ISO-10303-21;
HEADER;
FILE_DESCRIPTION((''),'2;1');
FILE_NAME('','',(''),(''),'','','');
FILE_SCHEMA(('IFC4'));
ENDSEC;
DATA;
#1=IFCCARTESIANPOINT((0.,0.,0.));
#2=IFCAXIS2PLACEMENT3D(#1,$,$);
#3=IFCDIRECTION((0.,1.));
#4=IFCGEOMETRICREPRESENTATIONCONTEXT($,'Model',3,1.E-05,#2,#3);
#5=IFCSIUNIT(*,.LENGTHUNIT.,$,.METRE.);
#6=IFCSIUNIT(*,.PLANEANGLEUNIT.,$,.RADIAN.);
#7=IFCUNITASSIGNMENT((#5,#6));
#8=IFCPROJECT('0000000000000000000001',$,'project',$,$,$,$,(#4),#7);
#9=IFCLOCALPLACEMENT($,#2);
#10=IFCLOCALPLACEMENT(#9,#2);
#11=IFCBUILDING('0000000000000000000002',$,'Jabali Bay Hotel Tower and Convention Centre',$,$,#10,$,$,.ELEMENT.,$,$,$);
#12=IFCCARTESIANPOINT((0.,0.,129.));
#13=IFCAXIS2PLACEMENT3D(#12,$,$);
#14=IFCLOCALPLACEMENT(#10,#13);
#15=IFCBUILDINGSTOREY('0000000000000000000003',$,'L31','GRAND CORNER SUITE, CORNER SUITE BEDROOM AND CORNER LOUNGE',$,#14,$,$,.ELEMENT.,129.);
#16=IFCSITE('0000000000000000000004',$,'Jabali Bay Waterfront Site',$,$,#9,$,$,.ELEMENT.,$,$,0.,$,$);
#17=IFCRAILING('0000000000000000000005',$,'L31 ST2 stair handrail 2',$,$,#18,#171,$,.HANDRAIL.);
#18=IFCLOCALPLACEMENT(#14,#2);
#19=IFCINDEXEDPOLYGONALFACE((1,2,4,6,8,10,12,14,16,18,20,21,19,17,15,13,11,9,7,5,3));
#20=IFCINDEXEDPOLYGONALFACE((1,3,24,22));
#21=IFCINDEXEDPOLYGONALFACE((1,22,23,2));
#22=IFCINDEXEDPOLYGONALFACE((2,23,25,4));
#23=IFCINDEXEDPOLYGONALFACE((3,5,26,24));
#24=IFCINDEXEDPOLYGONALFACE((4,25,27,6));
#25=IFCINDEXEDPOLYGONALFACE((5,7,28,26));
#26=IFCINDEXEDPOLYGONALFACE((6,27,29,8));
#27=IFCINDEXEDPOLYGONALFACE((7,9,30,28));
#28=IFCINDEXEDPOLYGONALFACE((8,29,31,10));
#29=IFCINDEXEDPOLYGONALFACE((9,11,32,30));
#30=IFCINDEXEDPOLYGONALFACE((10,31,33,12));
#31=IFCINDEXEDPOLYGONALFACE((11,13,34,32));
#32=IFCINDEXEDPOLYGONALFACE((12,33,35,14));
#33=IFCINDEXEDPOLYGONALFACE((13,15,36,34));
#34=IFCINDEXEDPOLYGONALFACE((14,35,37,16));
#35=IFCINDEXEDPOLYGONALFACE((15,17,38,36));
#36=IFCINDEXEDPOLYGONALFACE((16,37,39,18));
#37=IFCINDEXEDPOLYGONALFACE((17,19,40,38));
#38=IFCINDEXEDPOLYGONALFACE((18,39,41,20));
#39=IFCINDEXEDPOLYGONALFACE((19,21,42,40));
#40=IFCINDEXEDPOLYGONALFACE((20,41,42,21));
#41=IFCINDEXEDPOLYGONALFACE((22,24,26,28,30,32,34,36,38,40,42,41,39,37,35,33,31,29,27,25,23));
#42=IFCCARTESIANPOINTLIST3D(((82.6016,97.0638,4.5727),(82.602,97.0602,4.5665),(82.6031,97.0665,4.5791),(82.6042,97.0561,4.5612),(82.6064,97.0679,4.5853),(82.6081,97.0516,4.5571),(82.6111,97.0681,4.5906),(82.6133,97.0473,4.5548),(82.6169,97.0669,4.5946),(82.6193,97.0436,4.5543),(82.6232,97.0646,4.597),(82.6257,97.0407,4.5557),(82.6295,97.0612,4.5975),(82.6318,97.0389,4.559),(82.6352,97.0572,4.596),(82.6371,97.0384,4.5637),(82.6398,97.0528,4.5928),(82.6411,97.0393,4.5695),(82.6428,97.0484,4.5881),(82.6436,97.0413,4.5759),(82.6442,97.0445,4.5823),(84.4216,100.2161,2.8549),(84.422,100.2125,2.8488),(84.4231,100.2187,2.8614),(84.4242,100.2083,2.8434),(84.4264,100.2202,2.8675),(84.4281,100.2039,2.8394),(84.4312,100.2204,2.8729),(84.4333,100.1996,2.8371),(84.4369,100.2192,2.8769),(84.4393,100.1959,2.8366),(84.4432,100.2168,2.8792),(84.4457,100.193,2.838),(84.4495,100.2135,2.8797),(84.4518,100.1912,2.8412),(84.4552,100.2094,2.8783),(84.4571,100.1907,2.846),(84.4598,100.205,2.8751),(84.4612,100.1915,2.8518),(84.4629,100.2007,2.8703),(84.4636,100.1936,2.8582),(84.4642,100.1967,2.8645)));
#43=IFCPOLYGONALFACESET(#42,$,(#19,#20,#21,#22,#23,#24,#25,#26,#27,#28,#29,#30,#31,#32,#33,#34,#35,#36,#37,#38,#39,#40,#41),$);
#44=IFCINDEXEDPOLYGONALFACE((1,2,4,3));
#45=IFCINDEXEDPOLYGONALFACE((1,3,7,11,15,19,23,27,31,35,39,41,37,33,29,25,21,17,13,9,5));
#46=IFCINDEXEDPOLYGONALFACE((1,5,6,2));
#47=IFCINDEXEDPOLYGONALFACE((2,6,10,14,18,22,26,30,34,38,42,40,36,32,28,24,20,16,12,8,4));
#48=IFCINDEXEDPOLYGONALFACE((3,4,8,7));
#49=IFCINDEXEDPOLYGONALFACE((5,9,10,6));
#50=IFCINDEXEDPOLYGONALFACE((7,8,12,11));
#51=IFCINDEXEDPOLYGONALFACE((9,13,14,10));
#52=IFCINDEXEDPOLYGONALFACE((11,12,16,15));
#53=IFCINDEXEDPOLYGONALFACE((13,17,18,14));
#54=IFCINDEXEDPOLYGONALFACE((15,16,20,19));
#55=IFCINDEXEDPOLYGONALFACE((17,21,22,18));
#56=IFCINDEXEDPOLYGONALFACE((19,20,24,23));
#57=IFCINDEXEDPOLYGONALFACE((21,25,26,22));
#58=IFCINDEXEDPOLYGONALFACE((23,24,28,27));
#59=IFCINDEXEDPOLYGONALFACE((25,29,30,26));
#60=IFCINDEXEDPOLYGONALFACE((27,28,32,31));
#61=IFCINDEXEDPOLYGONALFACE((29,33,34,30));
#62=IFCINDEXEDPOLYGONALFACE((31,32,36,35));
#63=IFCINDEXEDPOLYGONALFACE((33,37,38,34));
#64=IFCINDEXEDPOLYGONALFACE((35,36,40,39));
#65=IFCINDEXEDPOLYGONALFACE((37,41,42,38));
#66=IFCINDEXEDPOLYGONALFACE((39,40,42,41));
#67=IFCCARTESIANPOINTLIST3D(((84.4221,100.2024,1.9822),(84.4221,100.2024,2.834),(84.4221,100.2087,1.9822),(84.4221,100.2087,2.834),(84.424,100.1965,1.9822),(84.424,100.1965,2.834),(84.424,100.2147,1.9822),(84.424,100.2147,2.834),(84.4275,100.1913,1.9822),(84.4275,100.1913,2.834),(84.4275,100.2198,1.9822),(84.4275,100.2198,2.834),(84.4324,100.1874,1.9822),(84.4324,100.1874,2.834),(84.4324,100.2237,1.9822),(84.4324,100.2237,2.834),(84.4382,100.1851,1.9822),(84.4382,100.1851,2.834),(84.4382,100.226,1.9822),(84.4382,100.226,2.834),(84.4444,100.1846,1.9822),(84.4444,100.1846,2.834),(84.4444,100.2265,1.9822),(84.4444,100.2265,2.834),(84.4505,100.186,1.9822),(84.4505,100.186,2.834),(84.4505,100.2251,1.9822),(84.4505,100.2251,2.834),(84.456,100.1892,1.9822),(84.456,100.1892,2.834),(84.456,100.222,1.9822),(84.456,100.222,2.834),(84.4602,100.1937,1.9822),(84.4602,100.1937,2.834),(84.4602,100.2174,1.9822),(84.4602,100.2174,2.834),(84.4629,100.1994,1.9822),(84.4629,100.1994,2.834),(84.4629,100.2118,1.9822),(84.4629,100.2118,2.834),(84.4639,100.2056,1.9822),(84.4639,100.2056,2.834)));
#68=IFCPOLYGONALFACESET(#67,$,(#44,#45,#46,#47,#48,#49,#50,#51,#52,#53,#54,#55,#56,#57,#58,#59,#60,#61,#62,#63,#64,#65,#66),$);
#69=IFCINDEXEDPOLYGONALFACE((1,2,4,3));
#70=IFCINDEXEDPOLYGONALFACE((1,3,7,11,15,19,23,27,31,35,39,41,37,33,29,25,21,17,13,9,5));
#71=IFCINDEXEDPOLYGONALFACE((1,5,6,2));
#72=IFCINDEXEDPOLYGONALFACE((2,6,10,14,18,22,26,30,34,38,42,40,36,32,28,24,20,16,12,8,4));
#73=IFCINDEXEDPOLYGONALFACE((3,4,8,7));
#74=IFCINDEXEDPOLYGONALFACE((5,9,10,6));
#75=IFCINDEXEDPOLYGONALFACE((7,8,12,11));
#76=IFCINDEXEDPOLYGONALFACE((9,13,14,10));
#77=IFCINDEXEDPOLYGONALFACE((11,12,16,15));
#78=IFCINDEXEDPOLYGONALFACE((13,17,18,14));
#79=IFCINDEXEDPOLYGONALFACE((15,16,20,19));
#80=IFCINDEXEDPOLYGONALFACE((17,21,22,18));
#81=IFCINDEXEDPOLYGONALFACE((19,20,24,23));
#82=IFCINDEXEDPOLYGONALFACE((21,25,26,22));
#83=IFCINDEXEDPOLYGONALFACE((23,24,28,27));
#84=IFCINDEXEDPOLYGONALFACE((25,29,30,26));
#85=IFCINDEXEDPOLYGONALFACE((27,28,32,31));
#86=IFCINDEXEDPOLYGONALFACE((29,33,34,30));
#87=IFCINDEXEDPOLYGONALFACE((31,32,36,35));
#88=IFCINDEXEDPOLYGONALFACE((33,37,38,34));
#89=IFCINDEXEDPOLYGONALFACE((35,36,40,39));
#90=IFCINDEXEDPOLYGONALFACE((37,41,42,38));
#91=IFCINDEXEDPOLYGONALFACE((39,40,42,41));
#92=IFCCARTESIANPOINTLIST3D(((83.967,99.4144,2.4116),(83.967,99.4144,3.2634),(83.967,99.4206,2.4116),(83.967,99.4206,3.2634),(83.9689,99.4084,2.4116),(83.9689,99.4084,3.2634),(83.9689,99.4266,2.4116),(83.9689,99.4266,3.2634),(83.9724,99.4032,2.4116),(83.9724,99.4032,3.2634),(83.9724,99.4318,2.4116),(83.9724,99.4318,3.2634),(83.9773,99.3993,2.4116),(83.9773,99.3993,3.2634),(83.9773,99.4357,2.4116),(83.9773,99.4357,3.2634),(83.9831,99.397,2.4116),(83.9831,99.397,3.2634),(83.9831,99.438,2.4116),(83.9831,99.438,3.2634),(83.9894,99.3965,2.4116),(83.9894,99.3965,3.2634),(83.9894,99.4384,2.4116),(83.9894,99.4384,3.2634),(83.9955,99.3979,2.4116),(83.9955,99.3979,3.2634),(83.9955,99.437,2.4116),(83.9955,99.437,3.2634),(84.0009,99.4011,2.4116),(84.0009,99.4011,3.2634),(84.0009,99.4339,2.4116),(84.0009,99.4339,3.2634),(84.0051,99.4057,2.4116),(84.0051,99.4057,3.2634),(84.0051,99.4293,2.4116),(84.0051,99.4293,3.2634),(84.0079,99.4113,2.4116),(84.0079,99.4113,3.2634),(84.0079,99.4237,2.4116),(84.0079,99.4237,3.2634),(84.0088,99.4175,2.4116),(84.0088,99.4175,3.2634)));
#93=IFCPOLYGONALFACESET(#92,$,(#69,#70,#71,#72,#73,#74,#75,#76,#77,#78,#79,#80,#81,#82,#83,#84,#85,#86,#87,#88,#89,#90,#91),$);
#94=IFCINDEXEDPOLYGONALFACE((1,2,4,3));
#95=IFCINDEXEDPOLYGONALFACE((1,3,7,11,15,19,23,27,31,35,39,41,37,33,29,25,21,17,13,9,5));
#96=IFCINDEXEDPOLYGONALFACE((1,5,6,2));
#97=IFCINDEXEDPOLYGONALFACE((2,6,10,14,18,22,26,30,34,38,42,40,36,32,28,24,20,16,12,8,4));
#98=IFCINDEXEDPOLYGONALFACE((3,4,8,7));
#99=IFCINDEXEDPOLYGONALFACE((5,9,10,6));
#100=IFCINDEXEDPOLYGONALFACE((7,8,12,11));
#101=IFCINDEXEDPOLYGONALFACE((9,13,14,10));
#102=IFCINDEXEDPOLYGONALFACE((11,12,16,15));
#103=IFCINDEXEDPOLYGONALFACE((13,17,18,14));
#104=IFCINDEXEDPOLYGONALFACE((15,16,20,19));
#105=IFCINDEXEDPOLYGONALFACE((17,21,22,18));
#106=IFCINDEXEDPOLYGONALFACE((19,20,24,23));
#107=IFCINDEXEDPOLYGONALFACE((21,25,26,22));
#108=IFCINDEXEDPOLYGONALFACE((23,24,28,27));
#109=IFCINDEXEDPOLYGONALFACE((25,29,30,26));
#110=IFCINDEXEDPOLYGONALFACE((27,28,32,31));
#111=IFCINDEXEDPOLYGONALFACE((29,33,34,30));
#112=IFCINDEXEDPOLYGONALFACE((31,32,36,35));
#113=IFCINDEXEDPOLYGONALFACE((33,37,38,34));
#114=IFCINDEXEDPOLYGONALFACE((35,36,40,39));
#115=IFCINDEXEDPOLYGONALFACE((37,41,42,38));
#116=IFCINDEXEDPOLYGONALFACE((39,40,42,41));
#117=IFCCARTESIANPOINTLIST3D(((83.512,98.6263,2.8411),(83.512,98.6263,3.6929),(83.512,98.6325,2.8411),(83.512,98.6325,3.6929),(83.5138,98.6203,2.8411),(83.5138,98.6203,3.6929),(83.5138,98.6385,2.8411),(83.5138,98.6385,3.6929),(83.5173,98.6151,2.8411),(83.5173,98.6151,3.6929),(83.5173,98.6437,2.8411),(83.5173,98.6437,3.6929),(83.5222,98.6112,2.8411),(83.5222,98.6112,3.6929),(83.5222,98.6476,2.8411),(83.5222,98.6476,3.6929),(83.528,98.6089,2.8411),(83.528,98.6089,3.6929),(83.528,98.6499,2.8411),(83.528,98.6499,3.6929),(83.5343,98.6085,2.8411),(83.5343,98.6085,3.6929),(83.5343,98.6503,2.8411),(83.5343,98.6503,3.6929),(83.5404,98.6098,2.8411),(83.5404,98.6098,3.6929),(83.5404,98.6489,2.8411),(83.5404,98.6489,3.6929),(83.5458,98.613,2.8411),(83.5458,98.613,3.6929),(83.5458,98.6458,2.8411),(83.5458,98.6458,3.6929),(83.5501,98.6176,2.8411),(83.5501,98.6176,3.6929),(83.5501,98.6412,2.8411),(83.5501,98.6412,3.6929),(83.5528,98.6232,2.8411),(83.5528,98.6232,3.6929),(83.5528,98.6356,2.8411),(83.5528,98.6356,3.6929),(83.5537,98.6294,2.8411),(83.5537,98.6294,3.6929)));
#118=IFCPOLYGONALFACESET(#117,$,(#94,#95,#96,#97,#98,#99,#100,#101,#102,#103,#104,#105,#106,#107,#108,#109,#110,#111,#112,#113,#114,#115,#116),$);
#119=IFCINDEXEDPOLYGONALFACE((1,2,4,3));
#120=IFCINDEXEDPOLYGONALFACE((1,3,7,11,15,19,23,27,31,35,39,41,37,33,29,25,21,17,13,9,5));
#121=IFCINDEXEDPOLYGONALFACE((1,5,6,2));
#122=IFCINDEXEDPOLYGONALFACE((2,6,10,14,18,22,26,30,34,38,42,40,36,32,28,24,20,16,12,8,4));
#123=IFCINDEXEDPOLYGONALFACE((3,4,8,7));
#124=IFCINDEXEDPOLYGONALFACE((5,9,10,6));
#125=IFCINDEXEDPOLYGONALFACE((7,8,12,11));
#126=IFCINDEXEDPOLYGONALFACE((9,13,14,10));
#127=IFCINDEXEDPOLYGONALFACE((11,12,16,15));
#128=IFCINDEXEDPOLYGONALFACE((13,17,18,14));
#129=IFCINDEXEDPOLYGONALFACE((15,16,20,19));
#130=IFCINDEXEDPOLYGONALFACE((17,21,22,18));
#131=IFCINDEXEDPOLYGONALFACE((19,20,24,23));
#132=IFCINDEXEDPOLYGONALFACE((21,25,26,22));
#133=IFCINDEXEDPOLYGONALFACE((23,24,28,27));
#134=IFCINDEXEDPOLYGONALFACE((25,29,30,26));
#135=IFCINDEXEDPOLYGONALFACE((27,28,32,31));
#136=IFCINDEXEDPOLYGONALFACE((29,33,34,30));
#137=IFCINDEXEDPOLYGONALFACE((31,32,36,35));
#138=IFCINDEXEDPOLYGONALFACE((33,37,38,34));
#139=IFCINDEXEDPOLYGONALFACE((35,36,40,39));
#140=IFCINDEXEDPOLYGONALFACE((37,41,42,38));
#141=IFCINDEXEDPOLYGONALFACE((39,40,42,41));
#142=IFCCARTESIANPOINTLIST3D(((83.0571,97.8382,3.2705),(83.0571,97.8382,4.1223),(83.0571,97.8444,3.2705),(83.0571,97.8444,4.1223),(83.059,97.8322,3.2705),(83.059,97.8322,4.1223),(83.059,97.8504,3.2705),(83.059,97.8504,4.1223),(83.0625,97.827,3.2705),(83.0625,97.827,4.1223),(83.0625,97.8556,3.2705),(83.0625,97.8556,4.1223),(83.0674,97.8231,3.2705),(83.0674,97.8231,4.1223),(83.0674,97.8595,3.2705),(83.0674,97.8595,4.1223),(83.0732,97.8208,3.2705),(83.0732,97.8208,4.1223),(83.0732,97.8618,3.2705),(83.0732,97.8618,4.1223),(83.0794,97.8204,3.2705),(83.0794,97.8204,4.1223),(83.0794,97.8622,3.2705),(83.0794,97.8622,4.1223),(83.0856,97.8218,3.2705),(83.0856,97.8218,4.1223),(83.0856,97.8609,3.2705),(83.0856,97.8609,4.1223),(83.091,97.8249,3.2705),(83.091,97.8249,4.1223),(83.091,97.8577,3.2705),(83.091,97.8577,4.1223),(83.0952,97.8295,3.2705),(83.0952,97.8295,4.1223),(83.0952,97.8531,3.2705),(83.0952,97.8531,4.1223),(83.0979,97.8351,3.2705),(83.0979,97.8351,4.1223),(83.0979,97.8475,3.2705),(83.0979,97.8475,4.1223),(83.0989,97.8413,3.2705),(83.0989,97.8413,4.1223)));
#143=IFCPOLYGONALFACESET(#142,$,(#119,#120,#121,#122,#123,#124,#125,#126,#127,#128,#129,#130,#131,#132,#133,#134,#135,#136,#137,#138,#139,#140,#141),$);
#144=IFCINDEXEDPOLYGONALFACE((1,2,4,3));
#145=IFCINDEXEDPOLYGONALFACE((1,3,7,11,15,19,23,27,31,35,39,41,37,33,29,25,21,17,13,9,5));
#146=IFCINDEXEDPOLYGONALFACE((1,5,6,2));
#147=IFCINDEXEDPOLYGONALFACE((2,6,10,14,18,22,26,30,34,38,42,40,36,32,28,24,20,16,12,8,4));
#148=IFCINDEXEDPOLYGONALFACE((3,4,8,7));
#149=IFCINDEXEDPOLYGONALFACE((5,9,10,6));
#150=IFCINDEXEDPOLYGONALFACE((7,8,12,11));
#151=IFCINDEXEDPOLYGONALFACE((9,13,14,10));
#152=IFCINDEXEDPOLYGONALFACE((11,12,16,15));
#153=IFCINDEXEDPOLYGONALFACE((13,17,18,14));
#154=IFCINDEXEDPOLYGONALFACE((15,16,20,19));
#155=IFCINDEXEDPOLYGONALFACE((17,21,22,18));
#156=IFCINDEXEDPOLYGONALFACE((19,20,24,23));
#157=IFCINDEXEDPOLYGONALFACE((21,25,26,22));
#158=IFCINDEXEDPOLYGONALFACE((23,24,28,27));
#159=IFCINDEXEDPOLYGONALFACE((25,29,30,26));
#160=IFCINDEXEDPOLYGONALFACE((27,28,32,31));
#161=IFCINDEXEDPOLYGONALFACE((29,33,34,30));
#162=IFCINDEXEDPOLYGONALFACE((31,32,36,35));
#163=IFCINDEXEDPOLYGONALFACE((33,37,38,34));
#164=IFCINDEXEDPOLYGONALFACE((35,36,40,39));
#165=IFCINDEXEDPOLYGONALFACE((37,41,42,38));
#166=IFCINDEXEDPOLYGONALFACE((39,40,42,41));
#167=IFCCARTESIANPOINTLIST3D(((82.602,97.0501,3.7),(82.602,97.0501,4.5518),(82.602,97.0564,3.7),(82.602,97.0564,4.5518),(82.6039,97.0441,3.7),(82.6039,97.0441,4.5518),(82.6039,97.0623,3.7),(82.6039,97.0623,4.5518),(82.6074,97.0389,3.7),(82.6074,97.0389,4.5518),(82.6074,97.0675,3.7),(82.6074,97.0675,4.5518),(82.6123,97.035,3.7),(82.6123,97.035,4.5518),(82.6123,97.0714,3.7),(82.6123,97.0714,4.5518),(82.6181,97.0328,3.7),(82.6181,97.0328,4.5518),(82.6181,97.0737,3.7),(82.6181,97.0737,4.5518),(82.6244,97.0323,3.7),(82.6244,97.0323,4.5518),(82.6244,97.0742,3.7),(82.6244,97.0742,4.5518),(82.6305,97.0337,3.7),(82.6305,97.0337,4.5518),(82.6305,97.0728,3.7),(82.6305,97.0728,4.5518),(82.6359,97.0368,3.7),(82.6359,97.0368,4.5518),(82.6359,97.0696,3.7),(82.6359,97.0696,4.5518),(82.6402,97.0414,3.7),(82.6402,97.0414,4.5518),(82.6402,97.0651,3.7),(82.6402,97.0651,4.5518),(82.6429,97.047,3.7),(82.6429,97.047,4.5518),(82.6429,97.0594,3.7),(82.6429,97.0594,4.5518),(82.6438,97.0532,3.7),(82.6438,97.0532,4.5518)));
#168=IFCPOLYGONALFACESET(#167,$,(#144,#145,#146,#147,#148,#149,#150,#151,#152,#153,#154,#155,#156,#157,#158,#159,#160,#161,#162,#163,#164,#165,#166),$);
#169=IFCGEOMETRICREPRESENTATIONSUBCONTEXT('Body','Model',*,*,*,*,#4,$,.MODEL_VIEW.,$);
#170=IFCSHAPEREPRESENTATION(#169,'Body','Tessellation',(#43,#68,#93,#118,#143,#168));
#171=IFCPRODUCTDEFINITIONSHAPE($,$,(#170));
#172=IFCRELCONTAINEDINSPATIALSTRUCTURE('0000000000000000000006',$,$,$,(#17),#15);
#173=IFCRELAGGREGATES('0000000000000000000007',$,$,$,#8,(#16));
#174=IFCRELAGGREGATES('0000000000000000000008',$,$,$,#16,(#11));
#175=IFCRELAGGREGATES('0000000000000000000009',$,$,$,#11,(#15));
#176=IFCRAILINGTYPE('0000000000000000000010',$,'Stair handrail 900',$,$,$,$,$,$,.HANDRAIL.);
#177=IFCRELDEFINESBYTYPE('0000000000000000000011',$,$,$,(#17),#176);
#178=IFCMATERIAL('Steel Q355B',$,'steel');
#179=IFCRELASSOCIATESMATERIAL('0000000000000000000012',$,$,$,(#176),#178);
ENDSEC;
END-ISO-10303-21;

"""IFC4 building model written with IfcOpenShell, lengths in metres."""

from ifc_helpers import new_model, si_unit, direction, frame, origin, origin_2d, place, context, subcontext, project, spatial, circle, extrude, material, type_object, element, save


model = new_model("IFC4")

# Units and contexts
model_context = context("Model", 3, precision=1e-05, world=origin(), true_north=direction((0.0, 1.0)))
body_context = subcontext(model_context, "Body", "Model", "MODEL_VIEW")
ifc_project = project(units=[si_unit("LENGTHUNIT", "METRE"), si_unit("PLANEANGLEUNIT", "RADIAN")], contexts=[model_context])

# Site, building, storey
site_placement = place(None, origin())
site = spatial("IfcSite", under=ifc_project, at=site_placement, Name="Jabali Bay Waterfront Site", CompositionType="ELEMENT", RefElevation=0.0)
building_placement = place(site_placement, origin())
building = spatial("IfcBuilding", under=site, at=building_placement, Name="Jabali Bay Hotel Tower and Convention Centre", CompositionType="ELEMENT")
storey_placement = place(building_placement, frame((0.0, 0.0, 129.0)))
storey = spatial("IfcBuildingStorey", under=building, at=storey_placement, Name="L31", Description="GRAND CORNER SUITE, CORNER SUITE BEDROOM AND CORNER LOUNGE", CompositionType="ELEMENT", Elevation=129.0)

# Railing
ifc_material_1 = material(Name="Steel Q355B", Category="steel")
railing_type_1 = type_object("IfcRailingType", Name="Stair handrail 900", PredefinedType="HANDRAIL", material=ifc_material_1)
railing_1_placement = place(storey_placement, frame((84.4429, 100.2056, 1.9822)))
element("IfcRailing", 1, at=railing_1_placement, inside=storey, type_object=railing_type_1, Name="L31 ST2 stair handrail 2", PredefinedType="HANDRAIL", context=body_context, shape_type="SweptSolid", body=[
    extrude(circle(Radius=0.0239, at=origin_2d()), frame((0.0, 0.0, 0.876), z_axis=(-0.45219, -0.78319, 0.426775), x_axis=(0.866018, -0.500013, 0.0)), (0.0, 0.0, 1.0), 4.0249),
    extrude(circle(Radius=0.021, at=origin_2d()), origin(), (0.0, 0.0, 1.0), 0.8518),
    extrude(circle(Radius=0.021, at=origin_2d()), frame((-0.4551, -0.7881, 0.4294)), (0.0, 0.0, 1.0), 0.8518),
    extrude(circle(Radius=0.021, at=origin_2d()), frame((-0.9102, -1.5762, 0.8589)), (0.0, 0.0, 1.0), 0.8518),
    extrude(circle(Radius=0.021, at=origin_2d()), frame((-1.365, -2.3643, 1.2883)), (0.0, 0.0, 1.0), 0.8518),
    extrude(circle(Radius=0.021, at=origin_2d()), frame((-1.8201, -3.1523, 1.7178)), (0.0, 0.0, 1.0), 0.8518),
])

save(model, "model.ifc")
